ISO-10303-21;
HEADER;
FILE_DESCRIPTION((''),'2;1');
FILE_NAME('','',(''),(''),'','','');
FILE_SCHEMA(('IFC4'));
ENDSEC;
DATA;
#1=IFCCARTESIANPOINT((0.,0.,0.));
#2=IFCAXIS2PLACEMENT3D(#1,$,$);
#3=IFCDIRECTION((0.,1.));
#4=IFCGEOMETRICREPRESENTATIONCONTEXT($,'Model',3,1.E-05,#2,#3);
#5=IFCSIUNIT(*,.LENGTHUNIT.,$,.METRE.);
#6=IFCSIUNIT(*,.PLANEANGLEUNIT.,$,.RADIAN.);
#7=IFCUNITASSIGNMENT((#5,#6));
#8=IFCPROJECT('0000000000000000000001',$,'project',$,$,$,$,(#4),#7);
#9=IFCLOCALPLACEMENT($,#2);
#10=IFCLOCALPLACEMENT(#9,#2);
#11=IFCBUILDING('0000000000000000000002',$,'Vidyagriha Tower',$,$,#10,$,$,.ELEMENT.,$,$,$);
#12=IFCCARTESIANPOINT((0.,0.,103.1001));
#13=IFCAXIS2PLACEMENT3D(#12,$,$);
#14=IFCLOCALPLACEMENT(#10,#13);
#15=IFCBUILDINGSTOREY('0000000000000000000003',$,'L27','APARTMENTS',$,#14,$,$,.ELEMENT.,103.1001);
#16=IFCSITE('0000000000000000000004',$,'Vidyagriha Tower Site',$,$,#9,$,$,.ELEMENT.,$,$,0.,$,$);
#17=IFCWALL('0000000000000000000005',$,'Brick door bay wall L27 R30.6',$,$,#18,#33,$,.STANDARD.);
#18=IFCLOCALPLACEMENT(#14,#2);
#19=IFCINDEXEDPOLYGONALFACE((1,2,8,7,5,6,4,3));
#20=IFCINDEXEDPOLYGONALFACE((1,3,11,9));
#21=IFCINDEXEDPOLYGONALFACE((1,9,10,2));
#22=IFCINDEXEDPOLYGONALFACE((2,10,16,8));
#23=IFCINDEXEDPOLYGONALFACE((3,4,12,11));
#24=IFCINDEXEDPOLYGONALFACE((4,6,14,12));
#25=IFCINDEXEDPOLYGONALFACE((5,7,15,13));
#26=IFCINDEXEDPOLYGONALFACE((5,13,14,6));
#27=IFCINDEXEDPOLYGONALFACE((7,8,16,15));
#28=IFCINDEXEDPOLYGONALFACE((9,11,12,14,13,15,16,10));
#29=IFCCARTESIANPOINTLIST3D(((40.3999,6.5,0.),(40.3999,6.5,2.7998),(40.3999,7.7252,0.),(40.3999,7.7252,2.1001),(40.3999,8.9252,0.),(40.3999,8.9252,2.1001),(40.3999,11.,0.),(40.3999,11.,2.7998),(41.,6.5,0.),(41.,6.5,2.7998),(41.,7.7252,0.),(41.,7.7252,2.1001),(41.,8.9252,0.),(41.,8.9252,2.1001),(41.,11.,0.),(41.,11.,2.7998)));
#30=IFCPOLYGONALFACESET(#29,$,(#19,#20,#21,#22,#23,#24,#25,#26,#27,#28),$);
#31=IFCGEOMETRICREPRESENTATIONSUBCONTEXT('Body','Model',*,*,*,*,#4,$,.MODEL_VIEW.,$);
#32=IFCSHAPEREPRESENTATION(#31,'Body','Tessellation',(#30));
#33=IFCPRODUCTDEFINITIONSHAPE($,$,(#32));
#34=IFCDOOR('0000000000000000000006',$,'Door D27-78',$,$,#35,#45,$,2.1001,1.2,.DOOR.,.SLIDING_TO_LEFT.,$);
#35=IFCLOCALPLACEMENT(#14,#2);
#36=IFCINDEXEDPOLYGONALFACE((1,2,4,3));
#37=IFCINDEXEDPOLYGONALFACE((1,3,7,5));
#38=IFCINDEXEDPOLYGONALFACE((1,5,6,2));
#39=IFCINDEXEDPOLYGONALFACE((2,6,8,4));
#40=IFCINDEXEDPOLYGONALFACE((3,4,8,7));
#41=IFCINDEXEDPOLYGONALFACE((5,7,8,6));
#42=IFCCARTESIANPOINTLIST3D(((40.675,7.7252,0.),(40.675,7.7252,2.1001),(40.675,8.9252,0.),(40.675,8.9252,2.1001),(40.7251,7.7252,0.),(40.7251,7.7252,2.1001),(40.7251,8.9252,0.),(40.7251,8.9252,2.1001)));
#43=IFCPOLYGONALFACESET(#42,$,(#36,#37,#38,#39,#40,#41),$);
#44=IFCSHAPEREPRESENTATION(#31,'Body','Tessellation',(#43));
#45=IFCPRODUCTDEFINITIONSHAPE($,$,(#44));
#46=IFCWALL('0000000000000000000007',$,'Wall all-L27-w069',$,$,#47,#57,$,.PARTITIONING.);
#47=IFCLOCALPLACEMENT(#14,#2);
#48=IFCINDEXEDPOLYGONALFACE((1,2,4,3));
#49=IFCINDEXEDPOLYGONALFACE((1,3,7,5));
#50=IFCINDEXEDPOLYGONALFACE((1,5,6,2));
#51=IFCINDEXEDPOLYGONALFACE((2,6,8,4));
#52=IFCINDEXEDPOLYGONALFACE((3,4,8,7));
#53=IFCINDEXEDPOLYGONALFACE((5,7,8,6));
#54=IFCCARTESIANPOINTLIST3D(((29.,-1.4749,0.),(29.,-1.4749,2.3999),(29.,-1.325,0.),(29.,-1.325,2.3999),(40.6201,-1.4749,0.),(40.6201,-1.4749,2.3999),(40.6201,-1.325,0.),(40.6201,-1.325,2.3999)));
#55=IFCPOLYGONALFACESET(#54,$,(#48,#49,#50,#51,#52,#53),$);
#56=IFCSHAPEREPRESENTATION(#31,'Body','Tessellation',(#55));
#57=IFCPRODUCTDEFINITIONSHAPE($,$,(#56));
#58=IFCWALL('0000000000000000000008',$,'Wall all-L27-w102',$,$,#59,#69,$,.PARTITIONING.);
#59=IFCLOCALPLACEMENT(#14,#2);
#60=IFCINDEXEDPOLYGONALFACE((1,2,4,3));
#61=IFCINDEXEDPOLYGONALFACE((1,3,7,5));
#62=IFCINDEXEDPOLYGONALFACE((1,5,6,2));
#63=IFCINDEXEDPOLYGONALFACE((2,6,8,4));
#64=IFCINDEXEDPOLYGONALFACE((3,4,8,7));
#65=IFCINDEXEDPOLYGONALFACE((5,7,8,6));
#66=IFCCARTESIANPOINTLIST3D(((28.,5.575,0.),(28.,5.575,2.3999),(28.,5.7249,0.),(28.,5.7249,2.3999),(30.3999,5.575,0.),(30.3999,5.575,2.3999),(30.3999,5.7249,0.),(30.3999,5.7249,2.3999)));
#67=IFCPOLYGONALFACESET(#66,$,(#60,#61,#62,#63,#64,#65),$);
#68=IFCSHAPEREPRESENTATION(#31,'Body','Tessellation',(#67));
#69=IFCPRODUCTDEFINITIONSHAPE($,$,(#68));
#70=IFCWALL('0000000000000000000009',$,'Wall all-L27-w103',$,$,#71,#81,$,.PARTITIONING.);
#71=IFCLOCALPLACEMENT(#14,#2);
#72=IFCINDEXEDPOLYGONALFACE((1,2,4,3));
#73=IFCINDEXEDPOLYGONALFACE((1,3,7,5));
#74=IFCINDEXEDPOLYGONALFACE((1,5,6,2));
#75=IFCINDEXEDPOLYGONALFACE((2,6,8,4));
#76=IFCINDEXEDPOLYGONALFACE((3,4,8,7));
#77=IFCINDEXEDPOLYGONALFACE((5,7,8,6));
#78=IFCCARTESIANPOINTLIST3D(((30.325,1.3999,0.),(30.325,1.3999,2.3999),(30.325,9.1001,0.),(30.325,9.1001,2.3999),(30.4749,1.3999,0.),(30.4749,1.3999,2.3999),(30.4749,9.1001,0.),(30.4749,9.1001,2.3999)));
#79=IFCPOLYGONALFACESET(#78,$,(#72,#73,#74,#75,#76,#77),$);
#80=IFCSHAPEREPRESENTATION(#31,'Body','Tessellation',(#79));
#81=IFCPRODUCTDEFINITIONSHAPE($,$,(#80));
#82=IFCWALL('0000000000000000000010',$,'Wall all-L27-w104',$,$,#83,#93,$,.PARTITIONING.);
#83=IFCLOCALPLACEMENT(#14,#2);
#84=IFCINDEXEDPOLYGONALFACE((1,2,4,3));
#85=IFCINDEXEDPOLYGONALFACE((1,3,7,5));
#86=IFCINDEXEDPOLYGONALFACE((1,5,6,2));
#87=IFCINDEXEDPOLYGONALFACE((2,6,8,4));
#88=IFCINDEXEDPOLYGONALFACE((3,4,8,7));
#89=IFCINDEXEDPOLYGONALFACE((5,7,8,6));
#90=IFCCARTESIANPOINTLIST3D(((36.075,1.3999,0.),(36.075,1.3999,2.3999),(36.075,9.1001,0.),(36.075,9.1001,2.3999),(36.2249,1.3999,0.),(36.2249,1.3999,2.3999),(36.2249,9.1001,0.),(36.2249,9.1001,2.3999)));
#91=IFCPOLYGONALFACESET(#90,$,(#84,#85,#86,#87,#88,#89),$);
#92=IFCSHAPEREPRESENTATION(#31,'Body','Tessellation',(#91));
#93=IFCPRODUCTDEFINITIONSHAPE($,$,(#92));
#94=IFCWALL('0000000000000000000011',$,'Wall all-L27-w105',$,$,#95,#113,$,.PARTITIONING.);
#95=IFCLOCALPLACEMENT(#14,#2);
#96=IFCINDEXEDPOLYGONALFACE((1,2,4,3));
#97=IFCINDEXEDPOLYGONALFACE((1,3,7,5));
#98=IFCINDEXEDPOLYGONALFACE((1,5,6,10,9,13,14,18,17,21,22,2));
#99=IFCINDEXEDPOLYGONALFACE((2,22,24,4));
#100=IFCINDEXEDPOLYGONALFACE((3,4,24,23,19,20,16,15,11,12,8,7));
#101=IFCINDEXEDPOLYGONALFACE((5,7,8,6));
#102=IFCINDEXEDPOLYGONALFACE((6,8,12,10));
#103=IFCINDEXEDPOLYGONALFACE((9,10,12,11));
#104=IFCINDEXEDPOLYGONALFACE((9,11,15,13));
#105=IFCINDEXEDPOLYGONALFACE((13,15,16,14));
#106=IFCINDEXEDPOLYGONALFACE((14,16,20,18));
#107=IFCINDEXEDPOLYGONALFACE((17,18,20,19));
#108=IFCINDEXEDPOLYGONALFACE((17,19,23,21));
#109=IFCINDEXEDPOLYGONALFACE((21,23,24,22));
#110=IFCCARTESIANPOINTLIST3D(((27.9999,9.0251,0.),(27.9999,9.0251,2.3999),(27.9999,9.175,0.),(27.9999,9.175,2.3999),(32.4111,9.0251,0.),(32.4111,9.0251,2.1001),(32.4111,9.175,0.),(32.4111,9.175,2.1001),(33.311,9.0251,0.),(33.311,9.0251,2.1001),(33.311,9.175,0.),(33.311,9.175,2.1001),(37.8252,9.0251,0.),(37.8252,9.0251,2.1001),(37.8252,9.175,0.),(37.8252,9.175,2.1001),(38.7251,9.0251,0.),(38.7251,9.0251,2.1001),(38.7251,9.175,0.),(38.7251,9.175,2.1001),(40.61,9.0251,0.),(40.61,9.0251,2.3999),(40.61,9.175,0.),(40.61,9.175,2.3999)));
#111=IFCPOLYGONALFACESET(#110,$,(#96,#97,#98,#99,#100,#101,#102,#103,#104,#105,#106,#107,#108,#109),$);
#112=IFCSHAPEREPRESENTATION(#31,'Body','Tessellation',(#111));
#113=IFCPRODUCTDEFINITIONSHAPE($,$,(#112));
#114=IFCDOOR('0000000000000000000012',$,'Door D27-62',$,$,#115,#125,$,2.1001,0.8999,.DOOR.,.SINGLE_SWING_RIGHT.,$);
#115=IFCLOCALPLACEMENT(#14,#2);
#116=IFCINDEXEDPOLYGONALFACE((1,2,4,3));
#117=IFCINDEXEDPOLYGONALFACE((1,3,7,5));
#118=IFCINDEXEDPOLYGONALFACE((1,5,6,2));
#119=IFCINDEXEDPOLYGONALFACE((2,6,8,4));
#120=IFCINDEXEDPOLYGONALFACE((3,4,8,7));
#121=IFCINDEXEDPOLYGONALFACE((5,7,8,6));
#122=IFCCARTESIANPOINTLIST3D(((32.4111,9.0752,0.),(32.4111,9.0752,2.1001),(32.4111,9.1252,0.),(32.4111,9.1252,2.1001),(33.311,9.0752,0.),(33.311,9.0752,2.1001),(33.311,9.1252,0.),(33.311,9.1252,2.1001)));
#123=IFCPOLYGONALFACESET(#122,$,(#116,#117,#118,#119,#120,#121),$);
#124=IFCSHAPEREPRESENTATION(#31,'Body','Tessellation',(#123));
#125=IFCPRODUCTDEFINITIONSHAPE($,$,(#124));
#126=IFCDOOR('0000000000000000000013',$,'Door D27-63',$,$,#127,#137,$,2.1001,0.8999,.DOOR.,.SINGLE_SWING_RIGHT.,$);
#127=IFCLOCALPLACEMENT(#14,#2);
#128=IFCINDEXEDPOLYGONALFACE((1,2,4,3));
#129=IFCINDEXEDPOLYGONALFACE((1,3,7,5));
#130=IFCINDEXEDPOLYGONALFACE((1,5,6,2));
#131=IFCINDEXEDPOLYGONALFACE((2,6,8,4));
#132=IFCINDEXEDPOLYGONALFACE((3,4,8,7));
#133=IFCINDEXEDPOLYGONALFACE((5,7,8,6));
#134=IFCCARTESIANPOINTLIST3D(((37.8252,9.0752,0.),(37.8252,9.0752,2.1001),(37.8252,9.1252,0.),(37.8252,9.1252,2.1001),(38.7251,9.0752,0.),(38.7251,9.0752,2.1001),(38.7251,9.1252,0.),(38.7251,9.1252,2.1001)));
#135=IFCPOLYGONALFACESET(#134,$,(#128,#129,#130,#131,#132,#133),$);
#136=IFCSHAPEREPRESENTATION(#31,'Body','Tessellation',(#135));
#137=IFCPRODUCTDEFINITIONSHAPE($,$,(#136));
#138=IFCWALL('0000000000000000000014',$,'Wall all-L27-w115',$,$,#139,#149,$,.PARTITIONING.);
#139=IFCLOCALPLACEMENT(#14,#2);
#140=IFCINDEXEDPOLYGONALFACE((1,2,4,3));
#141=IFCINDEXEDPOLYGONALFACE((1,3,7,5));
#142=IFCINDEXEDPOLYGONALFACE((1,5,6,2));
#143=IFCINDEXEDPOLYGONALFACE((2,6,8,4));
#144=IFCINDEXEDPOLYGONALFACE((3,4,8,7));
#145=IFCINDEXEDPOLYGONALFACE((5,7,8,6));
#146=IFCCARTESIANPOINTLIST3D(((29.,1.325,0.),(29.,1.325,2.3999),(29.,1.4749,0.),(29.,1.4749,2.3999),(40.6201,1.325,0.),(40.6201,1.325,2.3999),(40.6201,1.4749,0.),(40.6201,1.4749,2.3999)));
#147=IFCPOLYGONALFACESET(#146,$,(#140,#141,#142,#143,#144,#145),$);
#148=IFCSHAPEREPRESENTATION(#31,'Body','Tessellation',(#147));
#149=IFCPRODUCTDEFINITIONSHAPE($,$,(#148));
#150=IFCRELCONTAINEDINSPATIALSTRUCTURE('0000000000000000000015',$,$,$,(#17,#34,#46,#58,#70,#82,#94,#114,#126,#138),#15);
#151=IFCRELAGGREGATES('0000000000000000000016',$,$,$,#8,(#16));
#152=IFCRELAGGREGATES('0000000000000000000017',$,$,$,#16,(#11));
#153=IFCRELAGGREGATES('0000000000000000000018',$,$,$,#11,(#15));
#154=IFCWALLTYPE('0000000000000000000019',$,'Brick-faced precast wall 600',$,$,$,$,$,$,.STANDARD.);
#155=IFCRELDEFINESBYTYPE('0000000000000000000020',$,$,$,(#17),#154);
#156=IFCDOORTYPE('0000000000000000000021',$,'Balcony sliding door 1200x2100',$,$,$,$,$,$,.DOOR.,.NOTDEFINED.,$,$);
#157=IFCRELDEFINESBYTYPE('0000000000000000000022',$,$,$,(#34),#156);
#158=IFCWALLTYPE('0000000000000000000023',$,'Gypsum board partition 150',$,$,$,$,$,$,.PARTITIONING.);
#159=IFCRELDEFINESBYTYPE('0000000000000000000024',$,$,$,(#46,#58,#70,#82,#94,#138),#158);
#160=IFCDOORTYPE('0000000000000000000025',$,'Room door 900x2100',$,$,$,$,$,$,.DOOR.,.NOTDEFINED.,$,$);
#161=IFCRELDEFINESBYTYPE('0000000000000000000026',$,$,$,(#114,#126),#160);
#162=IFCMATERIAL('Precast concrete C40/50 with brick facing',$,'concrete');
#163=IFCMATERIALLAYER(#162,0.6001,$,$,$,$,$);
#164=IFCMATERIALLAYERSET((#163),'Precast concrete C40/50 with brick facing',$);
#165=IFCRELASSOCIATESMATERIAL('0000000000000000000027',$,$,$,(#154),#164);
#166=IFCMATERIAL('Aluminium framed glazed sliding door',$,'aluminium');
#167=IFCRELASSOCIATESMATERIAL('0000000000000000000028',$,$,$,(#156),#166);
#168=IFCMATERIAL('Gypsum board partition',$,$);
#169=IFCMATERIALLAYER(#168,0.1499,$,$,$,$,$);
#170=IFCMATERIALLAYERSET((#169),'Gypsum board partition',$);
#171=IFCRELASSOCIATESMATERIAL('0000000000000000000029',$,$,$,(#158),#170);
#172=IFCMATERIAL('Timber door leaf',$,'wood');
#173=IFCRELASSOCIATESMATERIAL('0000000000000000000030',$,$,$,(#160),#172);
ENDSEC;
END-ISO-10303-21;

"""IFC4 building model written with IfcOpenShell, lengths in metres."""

from ifc_helpers import new_model, si_unit, direction, frame, frame_2d, origin, place, context, subcontext, project, spatial, rectangle, extrude, material, layer, layer_set, type_object, element, fill, save


model = new_model("IFC4")

# Units and contexts
model_context = context("Model", 3, precision=1e-05, world=origin(), true_north=direction((0.0, 1.0)))
body_context = subcontext(model_context, "Body", "Model", "MODEL_VIEW")
ifc_project = project(units=[si_unit("LENGTHUNIT", "METRE"), si_unit("PLANEANGLEUNIT", "RADIAN")], contexts=[model_context])

# Site, building, storey
site_placement = place(None, origin())
site = spatial("IfcSite", under=ifc_project, at=site_placement, Name="Vidyagriha Tower Site", CompositionType="ELEMENT", RefElevation=0.0)
building_placement = place(site_placement, origin())
building = spatial("IfcBuilding", under=site, at=building_placement, Name="Vidyagriha Tower", CompositionType="ELEMENT")
storey_placement = place(building_placement, frame((0.0, 0.0, 103.1001)))
storey = spatial("IfcBuildingStorey", under=building, at=storey_placement, Name="L27", Description="APARTMENTS", CompositionType="ELEMENT", Elevation=103.1001)

# Wall, opening, door
ifc_material_1 = material(Name="Precast concrete C40/50 with brick facing", Category="concrete")
ifc_layer_1 = layer(ifc_material_1, 0.6001)
ifc_layer_set_1 = layer_set([ifc_layer_1], Name="Precast concrete C40/50 with brick facing")
wall_type_1 = type_object("IfcWallType", Name="Brick-faced precast wall 600", PredefinedType="STANDARD", material=ifc_layer_set_1)
wall_1_placement = place(storey_placement, frame((40.7, 6.5, 0.0), z_axis=(0.0, 0.0, 1.0), x_axis=(0.0, 1.0, 0.0)))
wall_1 = element("IfcWall", 1, at=wall_1_placement, inside=storey, type_object=wall_type_1, Name="Brick door bay wall L27 R30.6", PredefinedType="STANDARD", context=body_context, shape_type="SweptSolid", body=[
    extrude(rectangle(XDim=4.5, YDim=0.6001, at=frame_2d((2.25, 0.0))), origin(), (0.0, 0.0, 1.0), 2.7998),
])
opening_1_placement = place(wall_1_placement, frame((1.2251, 0.0, 0.0)))
opening_1 = element("IfcOpeningElement", 2, at=opening_1_placement, cuts=wall_1, PredefinedType="OPENING", context=body_context, shape_type="SweptSolid", body=[
    extrude(rectangle(XDim=1.2, YDim=2.1001, at=frame_2d((0.6001, 1.05))), frame((0.0, 0.3101, 0.0), z_axis=(0.0, -1.0, 0.0), x_axis=(1.0, 0.0, 0.0)), (0.0, 0.0, 1.0), 0.6201),
])
ifc_material_2 = material(Name="Aluminium framed glazed sliding door", Category="aluminium")
door_type_1 = type_object("IfcDoorType", Name="Balcony sliding door 1200x2100", OperationType="NOTDEFINED", PredefinedType="DOOR", material=ifc_material_2)
door_1_placement = place(opening_1_placement, origin())
door_1 = element("IfcDoor", 3, at=door_1_placement, inside=storey, type_object=door_type_1, Name="Door D27-78", OperationType="SLIDING_TO_LEFT", OverallHeight=2.1001, OverallWidth=1.2, PredefinedType="DOOR", context=body_context, shape_type="SweptSolid", body=[
    extrude(rectangle(XDim=1.2, YDim=2.1001, at=frame_2d((0.6001, 1.05))), frame((0.0, 0.0249, 0.0), z_axis=(0.0, -1.0, 0.0), x_axis=(1.0, 0.0, 0.0)), (0.0, 0.0, 1.0), 0.05),
])
fill(opening_1, door_1)

# Walls
ifc_material_3 = material(Name="Gypsum board partition")
ifc_layer_2 = layer(ifc_material_3, 0.1499)
ifc_layer_set_2 = layer_set([ifc_layer_2], Name="Gypsum board partition")
wall_type_2 = type_object("IfcWallType", Name="Gypsum board partition 150", PredefinedType="PARTITIONING", material=ifc_layer_set_2)
wall_2_placement = place(storey_placement, frame((40.6201, -1.3999, 0.0), z_axis=(0.0, 0.0, 1.0), x_axis=(-1.0, 0.0, 0.0)))
element("IfcWall", 4, at=wall_2_placement, inside=storey, type_object=wall_type_2, Name="Wall all-L27-w069", PredefinedType="PARTITIONING", context=body_context, shape_type="SweptSolid", body=[
    extrude(rectangle(XDim=11.6201, YDim=0.1499, at=frame_2d((5.8101, 0.0))), origin(), (0.0, 0.0, 1.0), 2.3999),
])
wall_3_placement = place(storey_placement, frame((28.0, 5.6499, 0.0)))
element("IfcWall", 5, at=wall_3_placement, inside=storey, type_object=wall_type_2, Name="Wall all-L27-w102", PredefinedType="PARTITIONING", context=body_context, shape_type="SweptSolid", body=[
    extrude(rectangle(XDim=2.3999, YDim=0.1499, at=frame_2d((1.2, 0.0))), origin(), (0.0, 0.0, 1.0), 2.3999),
])
for number, where, z_axis, x_axis, name in (
    (6, (30.3999, 9.1001, 0.0), (0.0, 0.0, 1.0), (0.0, -1.0, 0.0), "Wall all-L27-w103"),
    (7, (36.1499, 9.1001, 0.0), (0.0, 0.0, 1.0), (0.0, -1.0, 0.0), "Wall all-L27-w104"),
):
    element("IfcWall", number, at=place(storey_placement, frame(where, z_axis=z_axis, x_axis=x_axis)), inside=storey, type_object=wall_type_2, Name=name, PredefinedType="PARTITIONING", context=body_context, shape_type="SweptSolid", body=[
        extrude(rectangle(XDim=7.7002, YDim=0.1499, at=frame_2d((3.8501, 0.0))), origin(), (0.0, 0.0, 1.0), 2.3999),
    ])

# Wall, openings, doors
wall_4_placement = place(storey_placement, frame((40.6101, 9.1001, 0.0), z_axis=(0.0, 0.0, 1.0), x_axis=(-1.0, 0.0, 0.0)))
wall_4 = element("IfcWall", 8, at=wall_4_placement, inside=storey, type_object=wall_type_2, Name="Wall all-L27-w105", PredefinedType="PARTITIONING", context=body_context, shape_type="SweptSolid", body=[
    extrude(rectangle(XDim=12.6101, YDim=0.1499, at=frame_2d((6.3052, 0.0))), origin(), (0.0, 0.0, 1.0), 2.3999),
])
opening_2_placement = place(wall_4_placement, frame((7.2991, 0.0, 0.0)))
opening_2 = element("IfcOpeningElement", 9, at=opening_2_placement, cuts=wall_4, PredefinedType="OPENING", context=body_context, shape_type="SweptSolid", body=[
    extrude(rectangle(XDim=0.8999, YDim=2.1001, at=frame_2d((0.45, 1.05))), frame((0.0, 0.085, 0.0), z_axis=(0.0, -1.0, 0.0), x_axis=(1.0, 0.0, 0.0)), (0.0, 0.0, 1.0), 0.1699),
])
opening_3_placement = place(wall_4_placement, frame((1.885, 0.0, 0.0)))
opening_3 = element("IfcOpeningElement", 10, at=opening_3_placement, cuts=wall_4, PredefinedType="OPENING", context=body_context, shape_type="SweptSolid", body=[
    extrude(rectangle(XDim=0.8999, YDim=2.1001, at=frame_2d((0.45, 1.05))), frame((0.0, 0.085, 0.0), z_axis=(0.0, -1.0, 0.0), x_axis=(1.0, 0.0, 0.0)), (0.0, 0.0, 1.0), 0.1699),
])
ifc_material_4 = material(Name="Timber door leaf", Category="wood")
door_type_2 = type_object("IfcDoorType", Name="Room door 900x2100", OperationType="NOTDEFINED", PredefinedType="DOOR", material=ifc_material_4)
door_2_placement = place(opening_2_placement, origin())
door_2 = element("IfcDoor", 11, at=door_2_placement, inside=storey, type_object=door_type_2, Name="Door D27-62", OperationType="SINGLE_SWING_RIGHT", OverallHeight=2.1001, OverallWidth=0.8999, PredefinedType="DOOR", context=body_context, shape_type="SweptSolid", body=[
    extrude(rectangle(XDim=0.8999, YDim=2.1001, at=frame_2d((0.45, 1.05))), frame((0.0, 0.0249, 0.0), z_axis=(0.0, -1.0, 0.0), x_axis=(1.0, 0.0, 0.0)), (0.0, 0.0, 1.0), 0.05),
])
fill(opening_2, door_2)
door_3_placement = place(opening_3_placement, origin())
door_3 = element("IfcDoor", 12, at=door_3_placement, inside=storey, type_object=door_type_2, Name="Door D27-63", OperationType="SINGLE_SWING_RIGHT", OverallHeight=2.1001, OverallWidth=0.8999, PredefinedType="DOOR", context=body_context, shape_type="SweptSolid", body=[
    extrude(rectangle(XDim=0.8999, YDim=2.1001, at=frame_2d((0.45, 1.05))), frame((0.0, 0.0249, 0.0), z_axis=(0.0, -1.0, 0.0), x_axis=(1.0, 0.0, 0.0)), (0.0, 0.0, 1.0), 0.05),
])
fill(opening_3, door_3)

# Wall
wall_5_placement = place(storey_placement, frame((29.0, 1.3999, 0.0)))
element("IfcWall", 13, at=wall_5_placement, inside=storey, type_object=wall_type_2, Name="Wall all-L27-w115", PredefinedType="PARTITIONING", context=body_context, shape_type="SweptSolid", body=[
    extrude(rectangle(XDim=11.6201, YDim=0.1499, at=frame_2d((5.8101, 0.0))), origin(), (0.0, 0.0, 1.0), 2.3999),
])

save(model, "model.ifc")
